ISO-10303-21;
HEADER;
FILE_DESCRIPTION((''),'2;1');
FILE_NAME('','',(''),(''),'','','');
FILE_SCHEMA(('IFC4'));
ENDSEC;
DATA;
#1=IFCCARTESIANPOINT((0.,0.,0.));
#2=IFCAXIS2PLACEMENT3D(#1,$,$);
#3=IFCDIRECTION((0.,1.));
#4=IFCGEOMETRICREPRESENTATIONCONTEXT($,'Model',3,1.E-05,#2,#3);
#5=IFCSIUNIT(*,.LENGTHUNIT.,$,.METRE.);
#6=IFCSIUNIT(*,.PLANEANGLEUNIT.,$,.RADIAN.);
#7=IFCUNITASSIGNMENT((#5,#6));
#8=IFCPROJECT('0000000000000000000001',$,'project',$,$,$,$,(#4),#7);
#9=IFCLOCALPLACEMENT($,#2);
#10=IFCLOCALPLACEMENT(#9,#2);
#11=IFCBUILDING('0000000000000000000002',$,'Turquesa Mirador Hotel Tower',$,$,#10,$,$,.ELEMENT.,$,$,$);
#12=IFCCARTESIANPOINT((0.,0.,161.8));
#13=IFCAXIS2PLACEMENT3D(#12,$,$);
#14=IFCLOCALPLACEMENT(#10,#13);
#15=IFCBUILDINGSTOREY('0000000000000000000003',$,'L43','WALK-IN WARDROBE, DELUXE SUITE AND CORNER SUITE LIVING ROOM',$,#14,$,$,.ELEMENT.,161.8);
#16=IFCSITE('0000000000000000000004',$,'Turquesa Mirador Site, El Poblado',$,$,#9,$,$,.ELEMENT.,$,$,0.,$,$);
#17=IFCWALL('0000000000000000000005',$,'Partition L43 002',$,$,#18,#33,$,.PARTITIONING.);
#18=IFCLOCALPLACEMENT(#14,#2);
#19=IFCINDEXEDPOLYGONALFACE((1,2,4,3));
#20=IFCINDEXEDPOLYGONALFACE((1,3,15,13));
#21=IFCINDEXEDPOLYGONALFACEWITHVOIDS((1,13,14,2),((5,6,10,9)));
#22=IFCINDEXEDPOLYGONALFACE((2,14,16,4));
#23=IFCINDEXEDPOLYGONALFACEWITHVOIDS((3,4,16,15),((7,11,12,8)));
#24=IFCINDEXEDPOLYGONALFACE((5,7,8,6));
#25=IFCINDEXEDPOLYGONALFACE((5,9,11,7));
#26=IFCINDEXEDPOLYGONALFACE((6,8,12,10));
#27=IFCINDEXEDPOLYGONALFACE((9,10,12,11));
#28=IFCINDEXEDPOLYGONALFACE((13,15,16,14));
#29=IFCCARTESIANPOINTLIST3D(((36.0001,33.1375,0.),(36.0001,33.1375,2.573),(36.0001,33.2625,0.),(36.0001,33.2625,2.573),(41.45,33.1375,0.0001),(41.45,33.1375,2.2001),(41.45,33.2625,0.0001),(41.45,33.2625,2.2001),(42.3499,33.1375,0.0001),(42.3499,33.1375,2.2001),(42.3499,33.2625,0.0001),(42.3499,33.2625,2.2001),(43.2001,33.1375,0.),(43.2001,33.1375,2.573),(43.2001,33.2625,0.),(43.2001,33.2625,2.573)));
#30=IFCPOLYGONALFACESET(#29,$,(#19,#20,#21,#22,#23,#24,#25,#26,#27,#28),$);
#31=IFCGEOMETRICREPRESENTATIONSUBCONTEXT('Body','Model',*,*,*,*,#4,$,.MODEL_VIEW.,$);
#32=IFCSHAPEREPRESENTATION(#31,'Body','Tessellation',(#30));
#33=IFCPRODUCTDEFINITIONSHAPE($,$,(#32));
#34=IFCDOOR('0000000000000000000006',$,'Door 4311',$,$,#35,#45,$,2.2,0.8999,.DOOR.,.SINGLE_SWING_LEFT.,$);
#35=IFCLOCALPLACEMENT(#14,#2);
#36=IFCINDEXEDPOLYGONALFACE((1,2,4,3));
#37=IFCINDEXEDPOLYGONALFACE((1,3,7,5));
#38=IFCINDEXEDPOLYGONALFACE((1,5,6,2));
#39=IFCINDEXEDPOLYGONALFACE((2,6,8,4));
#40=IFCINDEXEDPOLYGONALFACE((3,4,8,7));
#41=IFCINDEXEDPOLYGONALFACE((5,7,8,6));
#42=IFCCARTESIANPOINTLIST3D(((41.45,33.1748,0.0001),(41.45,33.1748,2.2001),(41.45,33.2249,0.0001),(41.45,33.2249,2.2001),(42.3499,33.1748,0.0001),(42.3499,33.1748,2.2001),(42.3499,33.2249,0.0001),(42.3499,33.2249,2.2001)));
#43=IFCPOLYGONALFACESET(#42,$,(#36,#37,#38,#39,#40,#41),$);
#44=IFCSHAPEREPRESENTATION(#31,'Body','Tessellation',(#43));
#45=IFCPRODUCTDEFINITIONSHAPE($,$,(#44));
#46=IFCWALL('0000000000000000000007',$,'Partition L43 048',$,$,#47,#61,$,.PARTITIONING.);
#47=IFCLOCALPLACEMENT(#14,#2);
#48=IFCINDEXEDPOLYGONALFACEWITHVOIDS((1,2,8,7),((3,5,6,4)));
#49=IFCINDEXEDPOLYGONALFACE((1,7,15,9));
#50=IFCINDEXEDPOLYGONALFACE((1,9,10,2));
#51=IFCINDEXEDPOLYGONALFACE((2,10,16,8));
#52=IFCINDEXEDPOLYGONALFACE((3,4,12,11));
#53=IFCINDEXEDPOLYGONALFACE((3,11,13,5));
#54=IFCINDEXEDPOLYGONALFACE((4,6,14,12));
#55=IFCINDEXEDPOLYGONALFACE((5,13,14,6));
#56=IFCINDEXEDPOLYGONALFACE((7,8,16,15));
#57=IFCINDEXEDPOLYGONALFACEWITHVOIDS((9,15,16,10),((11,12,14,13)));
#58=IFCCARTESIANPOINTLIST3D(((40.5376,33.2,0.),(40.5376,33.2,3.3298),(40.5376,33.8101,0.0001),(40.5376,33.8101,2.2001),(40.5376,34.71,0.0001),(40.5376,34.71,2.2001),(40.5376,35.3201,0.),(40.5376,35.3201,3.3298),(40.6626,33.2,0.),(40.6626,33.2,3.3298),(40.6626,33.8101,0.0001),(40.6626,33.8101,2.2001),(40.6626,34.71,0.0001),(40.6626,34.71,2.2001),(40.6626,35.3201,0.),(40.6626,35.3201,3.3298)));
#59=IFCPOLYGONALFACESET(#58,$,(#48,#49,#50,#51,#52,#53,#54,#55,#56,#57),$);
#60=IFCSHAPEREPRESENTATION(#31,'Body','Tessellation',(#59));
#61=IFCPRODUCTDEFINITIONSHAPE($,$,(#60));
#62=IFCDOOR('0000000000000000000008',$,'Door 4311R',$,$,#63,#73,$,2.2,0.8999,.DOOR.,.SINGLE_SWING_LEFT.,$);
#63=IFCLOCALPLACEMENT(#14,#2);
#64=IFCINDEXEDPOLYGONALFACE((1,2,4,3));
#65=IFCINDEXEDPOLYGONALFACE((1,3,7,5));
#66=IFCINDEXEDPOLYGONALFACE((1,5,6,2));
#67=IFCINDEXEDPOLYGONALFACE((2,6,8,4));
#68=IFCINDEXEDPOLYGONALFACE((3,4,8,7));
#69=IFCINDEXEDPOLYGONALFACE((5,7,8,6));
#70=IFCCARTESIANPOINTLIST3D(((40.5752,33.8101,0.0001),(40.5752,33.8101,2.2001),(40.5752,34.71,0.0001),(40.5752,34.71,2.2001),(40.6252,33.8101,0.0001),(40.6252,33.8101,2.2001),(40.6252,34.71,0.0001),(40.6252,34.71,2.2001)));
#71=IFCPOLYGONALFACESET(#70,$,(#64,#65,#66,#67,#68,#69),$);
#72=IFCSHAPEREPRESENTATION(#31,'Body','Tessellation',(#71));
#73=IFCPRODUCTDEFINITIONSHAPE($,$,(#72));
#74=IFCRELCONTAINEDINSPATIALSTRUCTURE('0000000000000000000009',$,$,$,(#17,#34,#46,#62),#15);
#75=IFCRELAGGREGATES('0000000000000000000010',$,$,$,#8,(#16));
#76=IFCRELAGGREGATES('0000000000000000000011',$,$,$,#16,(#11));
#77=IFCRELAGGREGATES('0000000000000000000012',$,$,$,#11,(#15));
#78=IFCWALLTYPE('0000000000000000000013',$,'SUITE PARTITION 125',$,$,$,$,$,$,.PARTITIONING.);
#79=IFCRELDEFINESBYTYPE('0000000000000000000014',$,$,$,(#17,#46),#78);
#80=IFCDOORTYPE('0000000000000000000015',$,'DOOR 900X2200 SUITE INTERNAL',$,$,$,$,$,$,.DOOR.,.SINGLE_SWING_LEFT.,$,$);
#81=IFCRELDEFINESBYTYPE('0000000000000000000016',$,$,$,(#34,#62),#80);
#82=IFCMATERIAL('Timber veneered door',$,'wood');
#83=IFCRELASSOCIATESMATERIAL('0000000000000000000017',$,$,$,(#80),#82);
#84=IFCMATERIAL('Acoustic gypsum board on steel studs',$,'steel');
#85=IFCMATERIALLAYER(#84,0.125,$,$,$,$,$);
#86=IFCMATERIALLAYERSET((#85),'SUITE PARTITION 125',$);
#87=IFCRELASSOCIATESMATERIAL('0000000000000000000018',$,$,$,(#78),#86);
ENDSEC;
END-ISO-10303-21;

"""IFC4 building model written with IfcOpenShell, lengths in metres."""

from ifc_helpers import new_model, si_unit, direction, frame, frame_2d, origin, place, context, subcontext, project, spatial, rectangle, extrude, material, layer, layer_set, type_object, element, fill, save


model = new_model("IFC4")

# Units and contexts
model_context = context("Model", 3, precision=1e-05, world=origin(), true_north=direction((0.0, 1.0)))
body_context = subcontext(model_context, "Body", "Model", "MODEL_VIEW")
ifc_project = project(units=[si_unit("LENGTHUNIT", "METRE"), si_unit("PLANEANGLEUNIT", "RADIAN")], contexts=[model_context])

# Site, building, storey
site_placement = place(None, origin())
site = spatial("IfcSite", under=ifc_project, at=site_placement, Name="Turquesa Mirador Site, El Poblado", CompositionType="ELEMENT", RefElevation=0.0)
building_placement = place(site_placement, origin())
building = spatial("IfcBuilding", under=site, at=building_placement, Name="Turquesa Mirador Hotel Tower", CompositionType="ELEMENT")
storey_placement = place(building_placement, frame((0.0, 0.0, 161.8)))
storey = spatial("IfcBuildingStorey", under=building, at=storey_placement, Name="L43", Description="WALK-IN WARDROBE, DELUXE SUITE AND CORNER SUITE LIVING ROOM", CompositionType="ELEMENT", Elevation=161.8)

# Shared definitions
ifc_material_1 = material(Name="Timber veneered door", Category="wood")
door_type_1 = type_object("IfcDoorType", Name="DOOR 900X2200 SUITE INTERNAL", OperationType="SINGLE_SWING_LEFT", PredefinedType="DOOR", material=ifc_material_1)

# Walls, openings, doors
ifc_material_2 = material(Name="Acoustic gypsum board on steel studs", Category="steel")
ifc_layer_1 = layer(ifc_material_2, 0.125)
ifc_layer_set_1 = layer_set([ifc_layer_1], Name="SUITE PARTITION 125")
wall_type_1 = type_object("IfcWallType", Name="SUITE PARTITION 125", PredefinedType="PARTITIONING", material=ifc_layer_set_1)
wall_1_placement = place(storey_placement, frame((36.0, 33.2, 0.0), z_axis=(0.0, 0.0, 1.0), x_axis=(1.0, 0.0, 0.0)))
wall_1 = element("IfcWall", 1, at=wall_1_placement, inside=storey, type_object=wall_type_1, Name="Partition L43 002", PredefinedType="PARTITIONING", context=body_context, shape_type="SweptSolid", body=[
    extrude(rectangle(XDim=7.2, YDim=0.125, at=frame_2d((3.6001, 0.0))), origin(), (0.0, 0.0, 1.0), 2.573),
])
opening_1_placement = place(wall_1_placement, frame((5.45, 0.0, 0.0)))
opening_1 = element("IfcOpeningElement", 2, at=opening_1_placement, cuts=wall_1, PredefinedType="OPENING", context=body_context, shape_type="SweptSolid", body=[
    extrude(rectangle(XDim=0.8999, YDim=2.2, at=frame_2d((0.45, 1.1001))), frame((0.0, 0.0725, 0.0), z_axis=(0.0, -1.0, 0.0), x_axis=(1.0, 0.0, 0.0)), (0.0, 0.0, 1.0), 0.145),
])
door_1_placement = place(opening_1_placement, origin())
door_1 = element("IfcDoor", 3, at=door_1_placement, inside=storey, type_object=door_type_1, Name="Door 4311", OperationType="SINGLE_SWING_LEFT", OverallHeight=2.2, OverallWidth=0.8999, PredefinedType="DOOR", context=body_context, shape_type="SweptSolid", body=[
    extrude(rectangle(XDim=0.8999, YDim=2.2, at=frame_2d((0.45, 1.1001))), frame((0.0, 0.0249, 0.0), z_axis=(0.0, -1.0, 0.0), x_axis=(1.0, 0.0, 0.0)), (0.0, 0.0, 1.0), 0.05),
])
fill(opening_1, door_1)
wall_2_placement = place(storey_placement, frame((40.6001, 33.2, 0.0), z_axis=(0.0, 0.0, 1.0), x_axis=(0.0, 1.0, 0.0)))
wall_2 = element("IfcWall", 4, at=wall_2_placement, inside=storey, type_object=wall_type_1, Name="Partition L43 048", PredefinedType="PARTITIONING", context=body_context, shape_type="SweptSolid", body=[
    extrude(rectangle(XDim=2.1201, YDim=0.125, at=frame_2d((1.0601, 0.0))), origin(), (0.0, 0.0, 1.0), 3.3298),
])
opening_2_placement = place(wall_2_placement, frame((0.6101, 0.0, 0.0)))
opening_2 = element("IfcOpeningElement", 5, at=opening_2_placement, cuts=wall_2, PredefinedType="OPENING", context=body_context, shape_type="SweptSolid", body=[
    extrude(rectangle(XDim=0.8999, YDim=2.2, at=frame_2d((0.45, 1.1001))), frame((0.0, 0.0725, 0.0), z_axis=(0.0, -1.0, 0.0), x_axis=(1.0, 0.0, 0.0)), (0.0, 0.0, 1.0), 0.145),
])
door_2_placement = place(opening_2_placement, origin())
door_2 = element("IfcDoor", 6, at=door_2_placement, inside=storey, type_object=door_type_1, Name="Door 4311R", OperationType="SINGLE_SWING_LEFT", OverallHeight=2.2, OverallWidth=0.8999, PredefinedType="DOOR", context=body_context, shape_type="SweptSolid", body=[
    extrude(rectangle(XDim=0.8999, YDim=2.2, at=frame_2d((0.45, 1.1001))), frame((0.0, 0.0249, 0.0), z_axis=(0.0, -1.0, 0.0), x_axis=(1.0, 0.0, 0.0)), (0.0, 0.0, 1.0), 0.05),
])
fill(opening_2, door_2)

save(model, "model.ifc")
